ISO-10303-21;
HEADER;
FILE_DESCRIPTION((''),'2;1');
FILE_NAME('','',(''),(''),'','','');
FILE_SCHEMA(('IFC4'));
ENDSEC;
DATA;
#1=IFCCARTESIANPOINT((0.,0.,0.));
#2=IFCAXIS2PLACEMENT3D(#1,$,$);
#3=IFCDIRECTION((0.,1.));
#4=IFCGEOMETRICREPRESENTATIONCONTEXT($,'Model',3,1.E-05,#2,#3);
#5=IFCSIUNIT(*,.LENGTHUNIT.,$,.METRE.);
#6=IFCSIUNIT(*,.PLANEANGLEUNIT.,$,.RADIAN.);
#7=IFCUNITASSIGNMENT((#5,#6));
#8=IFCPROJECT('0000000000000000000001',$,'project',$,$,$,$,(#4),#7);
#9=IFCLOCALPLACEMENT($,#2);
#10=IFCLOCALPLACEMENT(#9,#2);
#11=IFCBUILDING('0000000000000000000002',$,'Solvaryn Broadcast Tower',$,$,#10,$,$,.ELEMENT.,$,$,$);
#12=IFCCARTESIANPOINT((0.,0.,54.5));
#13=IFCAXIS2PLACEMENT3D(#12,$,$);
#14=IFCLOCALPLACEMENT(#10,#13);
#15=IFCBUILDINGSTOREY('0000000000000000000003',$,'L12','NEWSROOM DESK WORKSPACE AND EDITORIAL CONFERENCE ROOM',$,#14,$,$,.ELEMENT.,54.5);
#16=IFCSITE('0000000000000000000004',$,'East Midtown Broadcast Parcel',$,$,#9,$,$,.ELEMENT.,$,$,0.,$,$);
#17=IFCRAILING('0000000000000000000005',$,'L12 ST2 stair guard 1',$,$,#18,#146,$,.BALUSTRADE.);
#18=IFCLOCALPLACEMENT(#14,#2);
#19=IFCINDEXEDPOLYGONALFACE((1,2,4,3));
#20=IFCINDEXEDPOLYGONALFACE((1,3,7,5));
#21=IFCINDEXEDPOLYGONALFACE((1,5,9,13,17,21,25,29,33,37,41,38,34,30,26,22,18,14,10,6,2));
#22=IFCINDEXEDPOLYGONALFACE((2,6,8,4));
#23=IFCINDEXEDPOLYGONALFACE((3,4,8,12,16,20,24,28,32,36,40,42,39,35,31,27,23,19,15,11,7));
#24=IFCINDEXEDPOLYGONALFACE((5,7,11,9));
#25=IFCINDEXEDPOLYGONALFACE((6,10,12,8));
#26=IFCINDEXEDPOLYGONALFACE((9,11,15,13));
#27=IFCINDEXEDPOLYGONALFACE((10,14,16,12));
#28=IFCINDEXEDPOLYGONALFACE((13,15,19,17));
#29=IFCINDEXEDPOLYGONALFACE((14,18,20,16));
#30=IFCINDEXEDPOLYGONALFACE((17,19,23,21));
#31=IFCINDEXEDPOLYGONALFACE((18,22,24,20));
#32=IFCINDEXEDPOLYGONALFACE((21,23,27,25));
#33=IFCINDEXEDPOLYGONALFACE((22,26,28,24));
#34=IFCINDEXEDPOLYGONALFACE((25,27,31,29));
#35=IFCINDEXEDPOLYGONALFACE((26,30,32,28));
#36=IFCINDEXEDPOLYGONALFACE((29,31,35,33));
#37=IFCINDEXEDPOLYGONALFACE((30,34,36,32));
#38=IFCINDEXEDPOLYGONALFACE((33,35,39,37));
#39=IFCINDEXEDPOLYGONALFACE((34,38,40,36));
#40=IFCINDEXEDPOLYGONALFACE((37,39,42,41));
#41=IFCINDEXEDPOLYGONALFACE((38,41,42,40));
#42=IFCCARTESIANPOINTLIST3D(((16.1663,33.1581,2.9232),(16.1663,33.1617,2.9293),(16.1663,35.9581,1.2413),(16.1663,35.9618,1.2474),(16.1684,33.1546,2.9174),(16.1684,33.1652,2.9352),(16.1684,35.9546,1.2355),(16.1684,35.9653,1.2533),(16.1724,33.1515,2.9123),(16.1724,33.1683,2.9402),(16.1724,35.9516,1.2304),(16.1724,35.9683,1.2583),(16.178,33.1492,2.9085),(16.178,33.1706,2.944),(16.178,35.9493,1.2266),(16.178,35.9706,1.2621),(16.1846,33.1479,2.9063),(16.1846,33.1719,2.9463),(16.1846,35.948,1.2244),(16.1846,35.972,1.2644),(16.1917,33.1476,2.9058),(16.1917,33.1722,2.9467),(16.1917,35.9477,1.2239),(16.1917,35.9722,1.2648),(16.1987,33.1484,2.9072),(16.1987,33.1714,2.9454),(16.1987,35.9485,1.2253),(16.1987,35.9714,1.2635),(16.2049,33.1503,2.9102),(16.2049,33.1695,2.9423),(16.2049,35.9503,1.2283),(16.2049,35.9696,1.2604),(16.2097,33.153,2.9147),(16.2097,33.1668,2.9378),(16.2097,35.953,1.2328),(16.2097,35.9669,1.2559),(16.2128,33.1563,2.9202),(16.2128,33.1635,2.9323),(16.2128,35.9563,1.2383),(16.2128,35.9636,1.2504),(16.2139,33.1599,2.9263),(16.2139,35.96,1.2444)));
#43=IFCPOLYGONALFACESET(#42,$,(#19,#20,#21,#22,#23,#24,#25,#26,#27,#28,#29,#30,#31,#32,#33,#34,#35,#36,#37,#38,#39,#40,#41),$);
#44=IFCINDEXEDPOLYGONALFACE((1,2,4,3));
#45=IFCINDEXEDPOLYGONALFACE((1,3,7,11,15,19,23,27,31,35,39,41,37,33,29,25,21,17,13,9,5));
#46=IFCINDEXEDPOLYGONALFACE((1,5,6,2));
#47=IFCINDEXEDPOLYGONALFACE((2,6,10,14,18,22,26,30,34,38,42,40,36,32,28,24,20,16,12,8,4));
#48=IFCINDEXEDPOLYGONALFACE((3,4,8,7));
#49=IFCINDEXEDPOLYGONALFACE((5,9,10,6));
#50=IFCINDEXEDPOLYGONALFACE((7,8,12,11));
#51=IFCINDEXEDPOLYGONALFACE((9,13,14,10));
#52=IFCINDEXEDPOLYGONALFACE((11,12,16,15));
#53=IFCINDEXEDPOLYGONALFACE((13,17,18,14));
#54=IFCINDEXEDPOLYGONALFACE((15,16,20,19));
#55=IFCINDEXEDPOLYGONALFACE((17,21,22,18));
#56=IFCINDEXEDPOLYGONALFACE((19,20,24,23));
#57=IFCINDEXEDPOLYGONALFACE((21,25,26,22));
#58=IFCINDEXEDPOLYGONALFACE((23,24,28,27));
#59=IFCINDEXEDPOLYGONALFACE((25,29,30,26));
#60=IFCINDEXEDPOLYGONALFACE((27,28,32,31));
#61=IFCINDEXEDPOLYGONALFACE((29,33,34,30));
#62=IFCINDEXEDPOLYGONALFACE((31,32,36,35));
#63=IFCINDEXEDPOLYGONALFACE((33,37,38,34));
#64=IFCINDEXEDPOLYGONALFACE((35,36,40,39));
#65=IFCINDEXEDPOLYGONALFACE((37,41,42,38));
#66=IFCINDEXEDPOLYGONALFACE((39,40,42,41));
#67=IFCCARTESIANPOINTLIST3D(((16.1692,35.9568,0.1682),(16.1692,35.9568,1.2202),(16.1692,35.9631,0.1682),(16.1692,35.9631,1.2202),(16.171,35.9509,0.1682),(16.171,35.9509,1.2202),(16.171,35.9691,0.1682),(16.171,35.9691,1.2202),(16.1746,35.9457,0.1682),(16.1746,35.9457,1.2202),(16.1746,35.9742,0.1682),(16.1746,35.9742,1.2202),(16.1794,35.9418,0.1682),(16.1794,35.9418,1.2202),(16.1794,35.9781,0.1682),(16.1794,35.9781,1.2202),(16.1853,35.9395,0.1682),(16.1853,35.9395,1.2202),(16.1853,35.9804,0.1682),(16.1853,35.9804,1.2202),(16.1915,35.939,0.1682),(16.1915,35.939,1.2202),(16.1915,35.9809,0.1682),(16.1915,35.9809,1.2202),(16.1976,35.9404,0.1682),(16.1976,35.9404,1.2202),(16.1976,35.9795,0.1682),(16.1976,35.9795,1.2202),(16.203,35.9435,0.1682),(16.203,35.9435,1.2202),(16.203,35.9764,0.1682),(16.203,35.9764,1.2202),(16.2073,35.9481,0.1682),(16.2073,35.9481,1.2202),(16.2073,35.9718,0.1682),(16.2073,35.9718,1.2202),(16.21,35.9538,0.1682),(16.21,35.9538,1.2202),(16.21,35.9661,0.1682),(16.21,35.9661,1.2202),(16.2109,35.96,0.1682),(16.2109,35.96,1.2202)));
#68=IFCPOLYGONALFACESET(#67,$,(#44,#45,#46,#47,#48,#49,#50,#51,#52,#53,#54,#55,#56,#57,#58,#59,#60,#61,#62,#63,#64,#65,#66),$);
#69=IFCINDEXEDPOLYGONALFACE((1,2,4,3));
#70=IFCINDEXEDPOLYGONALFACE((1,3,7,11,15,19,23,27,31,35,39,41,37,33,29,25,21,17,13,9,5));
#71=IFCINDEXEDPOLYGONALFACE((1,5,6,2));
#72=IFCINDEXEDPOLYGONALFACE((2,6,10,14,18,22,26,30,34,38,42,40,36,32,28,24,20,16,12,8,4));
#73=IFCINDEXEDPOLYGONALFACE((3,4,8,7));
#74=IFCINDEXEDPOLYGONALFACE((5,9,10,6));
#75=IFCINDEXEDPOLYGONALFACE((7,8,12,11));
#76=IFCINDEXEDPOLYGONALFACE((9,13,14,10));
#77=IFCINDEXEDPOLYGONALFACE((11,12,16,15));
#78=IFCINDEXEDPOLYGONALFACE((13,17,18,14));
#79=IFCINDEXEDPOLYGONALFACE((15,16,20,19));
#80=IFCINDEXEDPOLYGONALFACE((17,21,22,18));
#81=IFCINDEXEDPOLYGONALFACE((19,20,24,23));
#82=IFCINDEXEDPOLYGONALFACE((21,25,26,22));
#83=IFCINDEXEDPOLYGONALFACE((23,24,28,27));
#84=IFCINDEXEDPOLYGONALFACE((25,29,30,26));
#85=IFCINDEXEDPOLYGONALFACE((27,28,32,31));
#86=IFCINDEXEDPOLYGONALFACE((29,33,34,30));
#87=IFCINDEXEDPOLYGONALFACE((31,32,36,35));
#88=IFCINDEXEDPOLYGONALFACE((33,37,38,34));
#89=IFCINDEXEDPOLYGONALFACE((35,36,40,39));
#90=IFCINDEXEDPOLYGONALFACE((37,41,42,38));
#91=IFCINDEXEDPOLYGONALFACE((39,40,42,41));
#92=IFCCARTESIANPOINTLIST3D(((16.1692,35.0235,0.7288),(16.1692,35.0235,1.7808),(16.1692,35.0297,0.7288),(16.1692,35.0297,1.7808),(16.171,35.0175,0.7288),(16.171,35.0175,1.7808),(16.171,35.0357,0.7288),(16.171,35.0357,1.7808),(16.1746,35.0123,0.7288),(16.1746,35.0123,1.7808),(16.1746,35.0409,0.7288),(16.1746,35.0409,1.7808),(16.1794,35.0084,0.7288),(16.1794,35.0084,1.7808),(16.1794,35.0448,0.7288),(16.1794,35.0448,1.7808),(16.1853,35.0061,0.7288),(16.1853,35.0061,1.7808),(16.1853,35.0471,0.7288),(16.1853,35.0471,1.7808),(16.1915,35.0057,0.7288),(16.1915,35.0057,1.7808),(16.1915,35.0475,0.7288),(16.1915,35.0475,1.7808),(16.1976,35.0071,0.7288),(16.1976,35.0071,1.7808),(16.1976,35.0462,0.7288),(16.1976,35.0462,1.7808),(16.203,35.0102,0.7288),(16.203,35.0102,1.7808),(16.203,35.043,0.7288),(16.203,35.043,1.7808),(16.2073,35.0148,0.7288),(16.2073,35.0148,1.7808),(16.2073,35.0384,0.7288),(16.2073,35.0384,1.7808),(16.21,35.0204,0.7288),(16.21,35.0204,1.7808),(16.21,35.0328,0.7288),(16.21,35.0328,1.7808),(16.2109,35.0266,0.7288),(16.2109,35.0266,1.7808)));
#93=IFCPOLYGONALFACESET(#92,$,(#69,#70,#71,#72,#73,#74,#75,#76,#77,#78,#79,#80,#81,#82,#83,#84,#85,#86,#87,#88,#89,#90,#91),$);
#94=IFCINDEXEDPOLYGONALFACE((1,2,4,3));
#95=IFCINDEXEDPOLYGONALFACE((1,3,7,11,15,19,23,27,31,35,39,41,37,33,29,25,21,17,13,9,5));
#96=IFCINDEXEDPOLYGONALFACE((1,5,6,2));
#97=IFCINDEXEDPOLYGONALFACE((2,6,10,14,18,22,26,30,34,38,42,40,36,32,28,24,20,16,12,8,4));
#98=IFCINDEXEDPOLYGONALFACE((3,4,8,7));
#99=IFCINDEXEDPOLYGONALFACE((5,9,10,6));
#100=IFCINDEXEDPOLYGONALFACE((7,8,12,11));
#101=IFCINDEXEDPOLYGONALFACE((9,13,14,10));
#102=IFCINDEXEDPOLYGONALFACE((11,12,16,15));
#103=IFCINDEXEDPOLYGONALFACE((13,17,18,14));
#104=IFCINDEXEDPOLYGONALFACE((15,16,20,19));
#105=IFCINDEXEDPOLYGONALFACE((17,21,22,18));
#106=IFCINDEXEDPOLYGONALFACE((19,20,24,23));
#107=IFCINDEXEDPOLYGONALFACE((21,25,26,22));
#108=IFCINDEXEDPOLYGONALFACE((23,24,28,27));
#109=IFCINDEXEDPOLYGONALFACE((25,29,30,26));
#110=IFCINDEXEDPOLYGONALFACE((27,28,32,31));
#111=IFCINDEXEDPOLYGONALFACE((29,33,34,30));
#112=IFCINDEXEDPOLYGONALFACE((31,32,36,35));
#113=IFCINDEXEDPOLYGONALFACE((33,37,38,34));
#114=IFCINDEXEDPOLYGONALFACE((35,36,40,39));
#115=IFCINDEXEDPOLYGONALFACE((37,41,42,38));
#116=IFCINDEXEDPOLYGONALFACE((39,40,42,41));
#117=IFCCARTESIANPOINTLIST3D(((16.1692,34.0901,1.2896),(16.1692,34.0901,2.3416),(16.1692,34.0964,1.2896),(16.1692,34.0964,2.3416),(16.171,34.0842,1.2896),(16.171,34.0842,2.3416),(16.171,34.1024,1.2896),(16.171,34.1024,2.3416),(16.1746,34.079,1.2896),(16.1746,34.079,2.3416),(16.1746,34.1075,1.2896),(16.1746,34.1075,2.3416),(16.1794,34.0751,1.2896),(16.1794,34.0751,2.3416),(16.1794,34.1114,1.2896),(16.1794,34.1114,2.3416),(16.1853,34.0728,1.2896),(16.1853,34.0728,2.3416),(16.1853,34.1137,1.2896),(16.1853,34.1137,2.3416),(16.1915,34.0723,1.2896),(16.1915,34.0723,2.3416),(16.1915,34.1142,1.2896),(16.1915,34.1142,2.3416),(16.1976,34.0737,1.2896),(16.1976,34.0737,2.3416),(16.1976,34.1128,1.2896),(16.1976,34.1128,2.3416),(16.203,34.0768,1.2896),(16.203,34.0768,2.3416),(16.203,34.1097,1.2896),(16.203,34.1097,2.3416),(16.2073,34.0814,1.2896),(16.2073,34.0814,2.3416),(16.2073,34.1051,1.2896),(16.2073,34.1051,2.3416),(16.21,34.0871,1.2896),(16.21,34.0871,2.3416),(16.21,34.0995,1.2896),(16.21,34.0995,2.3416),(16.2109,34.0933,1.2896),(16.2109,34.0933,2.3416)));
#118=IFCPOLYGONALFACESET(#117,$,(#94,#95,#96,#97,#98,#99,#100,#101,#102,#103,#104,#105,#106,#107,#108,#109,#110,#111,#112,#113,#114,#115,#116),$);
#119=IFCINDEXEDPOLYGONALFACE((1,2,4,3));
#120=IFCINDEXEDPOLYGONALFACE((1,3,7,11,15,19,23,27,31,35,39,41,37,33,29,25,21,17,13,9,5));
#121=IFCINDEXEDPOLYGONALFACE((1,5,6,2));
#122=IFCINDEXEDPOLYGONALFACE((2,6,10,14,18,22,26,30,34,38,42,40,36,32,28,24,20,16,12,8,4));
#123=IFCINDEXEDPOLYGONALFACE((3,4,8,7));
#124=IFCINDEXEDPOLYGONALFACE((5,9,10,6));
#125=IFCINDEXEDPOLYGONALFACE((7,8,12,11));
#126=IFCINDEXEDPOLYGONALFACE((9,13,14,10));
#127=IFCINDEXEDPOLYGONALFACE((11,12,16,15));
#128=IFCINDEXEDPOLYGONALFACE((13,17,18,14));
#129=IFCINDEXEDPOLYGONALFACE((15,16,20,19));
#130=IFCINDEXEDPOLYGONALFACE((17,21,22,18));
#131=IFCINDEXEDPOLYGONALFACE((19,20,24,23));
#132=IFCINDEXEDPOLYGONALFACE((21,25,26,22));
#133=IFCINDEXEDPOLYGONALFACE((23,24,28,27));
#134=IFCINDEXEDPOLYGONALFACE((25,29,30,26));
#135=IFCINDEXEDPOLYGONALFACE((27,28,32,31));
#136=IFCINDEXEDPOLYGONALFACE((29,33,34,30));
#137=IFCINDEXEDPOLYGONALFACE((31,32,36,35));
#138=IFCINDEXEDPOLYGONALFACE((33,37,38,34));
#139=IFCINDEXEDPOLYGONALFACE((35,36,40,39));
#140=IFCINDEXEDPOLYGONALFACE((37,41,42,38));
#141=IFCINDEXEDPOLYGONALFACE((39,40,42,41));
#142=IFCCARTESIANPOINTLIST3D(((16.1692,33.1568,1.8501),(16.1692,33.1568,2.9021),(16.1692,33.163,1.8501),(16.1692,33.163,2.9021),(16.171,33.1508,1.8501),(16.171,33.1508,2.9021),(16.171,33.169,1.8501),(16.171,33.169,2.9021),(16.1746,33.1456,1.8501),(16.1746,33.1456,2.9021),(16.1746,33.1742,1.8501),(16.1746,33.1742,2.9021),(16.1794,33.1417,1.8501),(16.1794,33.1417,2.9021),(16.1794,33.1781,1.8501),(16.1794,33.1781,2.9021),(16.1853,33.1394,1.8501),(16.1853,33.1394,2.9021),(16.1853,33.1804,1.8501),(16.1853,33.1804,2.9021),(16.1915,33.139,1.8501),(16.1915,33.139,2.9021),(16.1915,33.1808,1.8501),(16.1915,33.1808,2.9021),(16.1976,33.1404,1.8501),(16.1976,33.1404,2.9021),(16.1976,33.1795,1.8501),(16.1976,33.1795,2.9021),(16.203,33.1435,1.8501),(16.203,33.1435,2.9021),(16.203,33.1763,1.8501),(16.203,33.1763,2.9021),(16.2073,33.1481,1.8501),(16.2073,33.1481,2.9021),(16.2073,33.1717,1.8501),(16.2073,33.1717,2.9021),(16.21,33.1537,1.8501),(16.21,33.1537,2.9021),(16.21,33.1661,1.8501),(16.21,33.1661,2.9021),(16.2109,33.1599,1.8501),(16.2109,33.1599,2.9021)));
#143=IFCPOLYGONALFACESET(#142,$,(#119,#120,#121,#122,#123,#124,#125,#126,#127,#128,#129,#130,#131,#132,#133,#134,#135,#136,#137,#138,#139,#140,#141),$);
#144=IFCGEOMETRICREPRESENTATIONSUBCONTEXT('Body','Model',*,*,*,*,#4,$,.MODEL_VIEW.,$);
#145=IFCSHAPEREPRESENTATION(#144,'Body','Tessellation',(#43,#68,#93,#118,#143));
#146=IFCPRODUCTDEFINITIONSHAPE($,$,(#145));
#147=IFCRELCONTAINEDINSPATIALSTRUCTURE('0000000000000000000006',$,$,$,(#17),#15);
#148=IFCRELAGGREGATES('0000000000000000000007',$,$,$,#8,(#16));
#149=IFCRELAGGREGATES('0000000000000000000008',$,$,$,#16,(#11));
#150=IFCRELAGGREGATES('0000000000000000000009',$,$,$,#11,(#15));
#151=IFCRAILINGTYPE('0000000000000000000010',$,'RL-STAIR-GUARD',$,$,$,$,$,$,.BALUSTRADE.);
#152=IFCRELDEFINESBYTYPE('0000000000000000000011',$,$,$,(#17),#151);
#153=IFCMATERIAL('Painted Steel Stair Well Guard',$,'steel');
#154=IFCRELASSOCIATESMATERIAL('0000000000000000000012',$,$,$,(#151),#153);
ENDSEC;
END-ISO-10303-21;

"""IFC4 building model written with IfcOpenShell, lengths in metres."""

from ifc_helpers import new_model, si_unit, direction, frame, origin, origin_2d, place, context, subcontext, project, spatial, circle, extrude, material, type_object, element, save


model = new_model("IFC4")

# Units and contexts
model_context = context("Model", 3, precision=1e-05, world=origin(), true_north=direction((0.0, 1.0)))
body_context = subcontext(model_context, "Body", "Model", "MODEL_VIEW")
ifc_project = project(units=[si_unit("LENGTHUNIT", "METRE"), si_unit("PLANEANGLEUNIT", "RADIAN")], contexts=[model_context])

# Site, building, storey
site_placement = place(None, origin())
site = spatial("IfcSite", under=ifc_project, at=site_placement, Name="East Midtown Broadcast Parcel", CompositionType="ELEMENT", RefElevation=0.0)
building_placement = place(site_placement, origin())
building = spatial("IfcBuilding", under=site, at=building_placement, Name="Solvaryn Broadcast Tower", CompositionType="ELEMENT")
storey_placement = place(building_placement, frame((0.0, 0.0, 54.5)))
storey = spatial("IfcBuildingStorey", under=building, at=storey_placement, Name="L12", Description="NEWSROOM DESK WORKSPACE AND EDITORIAL CONFERENCE ROOM", CompositionType="ELEMENT", Elevation=54.5)

# Railing
ifc_material_1 = material(Name="Painted Steel Stair Well Guard", Category="steel")
railing_type_1 = type_object("IfcRailingType", Name="RL-STAIR-GUARD", PredefinedType="BALUSTRADE", material=ifc_material_1)
railing_1_placement = place(storey_placement, frame((16.1899, 35.96, 0.1682)))
element("IfcRailing", 1, at=railing_1_placement, inside=storey, type_object=railing_type_1, Name="L12 ST2 stair guard 1", PredefinedType="BALUSTRADE", context=body_context, shape_type="SweptSolid", body=[
    extrude(circle(Radius=0.0239, at=origin_2d()), frame((0.0, 0.0, 1.0762), z_axis=(0.0, -0.857242, 0.514913), x_axis=(1.0, 0.0, 0.0)), (0.0, 0.0, 1.0), 3.2664),
    extrude(circle(Radius=0.021, at=origin_2d()), origin(), (0.0, 0.0, 1.0), 1.052),
    extrude(circle(Radius=0.021, at=origin_2d()), frame((0.0, -0.9333, 0.5605)), (0.0, 0.0, 1.0), 1.052),
    extrude(circle(Radius=0.021, at=origin_2d()), frame((0.0, -1.8667, 1.1213)), (0.0, 0.0, 1.0), 1.052),
    extrude(circle(Radius=0.021, at=origin_2d()), frame((0.0, -2.8, 1.6819)), (0.0, 0.0, 1.0), 1.052),
])

save(model, "model.ifc")
